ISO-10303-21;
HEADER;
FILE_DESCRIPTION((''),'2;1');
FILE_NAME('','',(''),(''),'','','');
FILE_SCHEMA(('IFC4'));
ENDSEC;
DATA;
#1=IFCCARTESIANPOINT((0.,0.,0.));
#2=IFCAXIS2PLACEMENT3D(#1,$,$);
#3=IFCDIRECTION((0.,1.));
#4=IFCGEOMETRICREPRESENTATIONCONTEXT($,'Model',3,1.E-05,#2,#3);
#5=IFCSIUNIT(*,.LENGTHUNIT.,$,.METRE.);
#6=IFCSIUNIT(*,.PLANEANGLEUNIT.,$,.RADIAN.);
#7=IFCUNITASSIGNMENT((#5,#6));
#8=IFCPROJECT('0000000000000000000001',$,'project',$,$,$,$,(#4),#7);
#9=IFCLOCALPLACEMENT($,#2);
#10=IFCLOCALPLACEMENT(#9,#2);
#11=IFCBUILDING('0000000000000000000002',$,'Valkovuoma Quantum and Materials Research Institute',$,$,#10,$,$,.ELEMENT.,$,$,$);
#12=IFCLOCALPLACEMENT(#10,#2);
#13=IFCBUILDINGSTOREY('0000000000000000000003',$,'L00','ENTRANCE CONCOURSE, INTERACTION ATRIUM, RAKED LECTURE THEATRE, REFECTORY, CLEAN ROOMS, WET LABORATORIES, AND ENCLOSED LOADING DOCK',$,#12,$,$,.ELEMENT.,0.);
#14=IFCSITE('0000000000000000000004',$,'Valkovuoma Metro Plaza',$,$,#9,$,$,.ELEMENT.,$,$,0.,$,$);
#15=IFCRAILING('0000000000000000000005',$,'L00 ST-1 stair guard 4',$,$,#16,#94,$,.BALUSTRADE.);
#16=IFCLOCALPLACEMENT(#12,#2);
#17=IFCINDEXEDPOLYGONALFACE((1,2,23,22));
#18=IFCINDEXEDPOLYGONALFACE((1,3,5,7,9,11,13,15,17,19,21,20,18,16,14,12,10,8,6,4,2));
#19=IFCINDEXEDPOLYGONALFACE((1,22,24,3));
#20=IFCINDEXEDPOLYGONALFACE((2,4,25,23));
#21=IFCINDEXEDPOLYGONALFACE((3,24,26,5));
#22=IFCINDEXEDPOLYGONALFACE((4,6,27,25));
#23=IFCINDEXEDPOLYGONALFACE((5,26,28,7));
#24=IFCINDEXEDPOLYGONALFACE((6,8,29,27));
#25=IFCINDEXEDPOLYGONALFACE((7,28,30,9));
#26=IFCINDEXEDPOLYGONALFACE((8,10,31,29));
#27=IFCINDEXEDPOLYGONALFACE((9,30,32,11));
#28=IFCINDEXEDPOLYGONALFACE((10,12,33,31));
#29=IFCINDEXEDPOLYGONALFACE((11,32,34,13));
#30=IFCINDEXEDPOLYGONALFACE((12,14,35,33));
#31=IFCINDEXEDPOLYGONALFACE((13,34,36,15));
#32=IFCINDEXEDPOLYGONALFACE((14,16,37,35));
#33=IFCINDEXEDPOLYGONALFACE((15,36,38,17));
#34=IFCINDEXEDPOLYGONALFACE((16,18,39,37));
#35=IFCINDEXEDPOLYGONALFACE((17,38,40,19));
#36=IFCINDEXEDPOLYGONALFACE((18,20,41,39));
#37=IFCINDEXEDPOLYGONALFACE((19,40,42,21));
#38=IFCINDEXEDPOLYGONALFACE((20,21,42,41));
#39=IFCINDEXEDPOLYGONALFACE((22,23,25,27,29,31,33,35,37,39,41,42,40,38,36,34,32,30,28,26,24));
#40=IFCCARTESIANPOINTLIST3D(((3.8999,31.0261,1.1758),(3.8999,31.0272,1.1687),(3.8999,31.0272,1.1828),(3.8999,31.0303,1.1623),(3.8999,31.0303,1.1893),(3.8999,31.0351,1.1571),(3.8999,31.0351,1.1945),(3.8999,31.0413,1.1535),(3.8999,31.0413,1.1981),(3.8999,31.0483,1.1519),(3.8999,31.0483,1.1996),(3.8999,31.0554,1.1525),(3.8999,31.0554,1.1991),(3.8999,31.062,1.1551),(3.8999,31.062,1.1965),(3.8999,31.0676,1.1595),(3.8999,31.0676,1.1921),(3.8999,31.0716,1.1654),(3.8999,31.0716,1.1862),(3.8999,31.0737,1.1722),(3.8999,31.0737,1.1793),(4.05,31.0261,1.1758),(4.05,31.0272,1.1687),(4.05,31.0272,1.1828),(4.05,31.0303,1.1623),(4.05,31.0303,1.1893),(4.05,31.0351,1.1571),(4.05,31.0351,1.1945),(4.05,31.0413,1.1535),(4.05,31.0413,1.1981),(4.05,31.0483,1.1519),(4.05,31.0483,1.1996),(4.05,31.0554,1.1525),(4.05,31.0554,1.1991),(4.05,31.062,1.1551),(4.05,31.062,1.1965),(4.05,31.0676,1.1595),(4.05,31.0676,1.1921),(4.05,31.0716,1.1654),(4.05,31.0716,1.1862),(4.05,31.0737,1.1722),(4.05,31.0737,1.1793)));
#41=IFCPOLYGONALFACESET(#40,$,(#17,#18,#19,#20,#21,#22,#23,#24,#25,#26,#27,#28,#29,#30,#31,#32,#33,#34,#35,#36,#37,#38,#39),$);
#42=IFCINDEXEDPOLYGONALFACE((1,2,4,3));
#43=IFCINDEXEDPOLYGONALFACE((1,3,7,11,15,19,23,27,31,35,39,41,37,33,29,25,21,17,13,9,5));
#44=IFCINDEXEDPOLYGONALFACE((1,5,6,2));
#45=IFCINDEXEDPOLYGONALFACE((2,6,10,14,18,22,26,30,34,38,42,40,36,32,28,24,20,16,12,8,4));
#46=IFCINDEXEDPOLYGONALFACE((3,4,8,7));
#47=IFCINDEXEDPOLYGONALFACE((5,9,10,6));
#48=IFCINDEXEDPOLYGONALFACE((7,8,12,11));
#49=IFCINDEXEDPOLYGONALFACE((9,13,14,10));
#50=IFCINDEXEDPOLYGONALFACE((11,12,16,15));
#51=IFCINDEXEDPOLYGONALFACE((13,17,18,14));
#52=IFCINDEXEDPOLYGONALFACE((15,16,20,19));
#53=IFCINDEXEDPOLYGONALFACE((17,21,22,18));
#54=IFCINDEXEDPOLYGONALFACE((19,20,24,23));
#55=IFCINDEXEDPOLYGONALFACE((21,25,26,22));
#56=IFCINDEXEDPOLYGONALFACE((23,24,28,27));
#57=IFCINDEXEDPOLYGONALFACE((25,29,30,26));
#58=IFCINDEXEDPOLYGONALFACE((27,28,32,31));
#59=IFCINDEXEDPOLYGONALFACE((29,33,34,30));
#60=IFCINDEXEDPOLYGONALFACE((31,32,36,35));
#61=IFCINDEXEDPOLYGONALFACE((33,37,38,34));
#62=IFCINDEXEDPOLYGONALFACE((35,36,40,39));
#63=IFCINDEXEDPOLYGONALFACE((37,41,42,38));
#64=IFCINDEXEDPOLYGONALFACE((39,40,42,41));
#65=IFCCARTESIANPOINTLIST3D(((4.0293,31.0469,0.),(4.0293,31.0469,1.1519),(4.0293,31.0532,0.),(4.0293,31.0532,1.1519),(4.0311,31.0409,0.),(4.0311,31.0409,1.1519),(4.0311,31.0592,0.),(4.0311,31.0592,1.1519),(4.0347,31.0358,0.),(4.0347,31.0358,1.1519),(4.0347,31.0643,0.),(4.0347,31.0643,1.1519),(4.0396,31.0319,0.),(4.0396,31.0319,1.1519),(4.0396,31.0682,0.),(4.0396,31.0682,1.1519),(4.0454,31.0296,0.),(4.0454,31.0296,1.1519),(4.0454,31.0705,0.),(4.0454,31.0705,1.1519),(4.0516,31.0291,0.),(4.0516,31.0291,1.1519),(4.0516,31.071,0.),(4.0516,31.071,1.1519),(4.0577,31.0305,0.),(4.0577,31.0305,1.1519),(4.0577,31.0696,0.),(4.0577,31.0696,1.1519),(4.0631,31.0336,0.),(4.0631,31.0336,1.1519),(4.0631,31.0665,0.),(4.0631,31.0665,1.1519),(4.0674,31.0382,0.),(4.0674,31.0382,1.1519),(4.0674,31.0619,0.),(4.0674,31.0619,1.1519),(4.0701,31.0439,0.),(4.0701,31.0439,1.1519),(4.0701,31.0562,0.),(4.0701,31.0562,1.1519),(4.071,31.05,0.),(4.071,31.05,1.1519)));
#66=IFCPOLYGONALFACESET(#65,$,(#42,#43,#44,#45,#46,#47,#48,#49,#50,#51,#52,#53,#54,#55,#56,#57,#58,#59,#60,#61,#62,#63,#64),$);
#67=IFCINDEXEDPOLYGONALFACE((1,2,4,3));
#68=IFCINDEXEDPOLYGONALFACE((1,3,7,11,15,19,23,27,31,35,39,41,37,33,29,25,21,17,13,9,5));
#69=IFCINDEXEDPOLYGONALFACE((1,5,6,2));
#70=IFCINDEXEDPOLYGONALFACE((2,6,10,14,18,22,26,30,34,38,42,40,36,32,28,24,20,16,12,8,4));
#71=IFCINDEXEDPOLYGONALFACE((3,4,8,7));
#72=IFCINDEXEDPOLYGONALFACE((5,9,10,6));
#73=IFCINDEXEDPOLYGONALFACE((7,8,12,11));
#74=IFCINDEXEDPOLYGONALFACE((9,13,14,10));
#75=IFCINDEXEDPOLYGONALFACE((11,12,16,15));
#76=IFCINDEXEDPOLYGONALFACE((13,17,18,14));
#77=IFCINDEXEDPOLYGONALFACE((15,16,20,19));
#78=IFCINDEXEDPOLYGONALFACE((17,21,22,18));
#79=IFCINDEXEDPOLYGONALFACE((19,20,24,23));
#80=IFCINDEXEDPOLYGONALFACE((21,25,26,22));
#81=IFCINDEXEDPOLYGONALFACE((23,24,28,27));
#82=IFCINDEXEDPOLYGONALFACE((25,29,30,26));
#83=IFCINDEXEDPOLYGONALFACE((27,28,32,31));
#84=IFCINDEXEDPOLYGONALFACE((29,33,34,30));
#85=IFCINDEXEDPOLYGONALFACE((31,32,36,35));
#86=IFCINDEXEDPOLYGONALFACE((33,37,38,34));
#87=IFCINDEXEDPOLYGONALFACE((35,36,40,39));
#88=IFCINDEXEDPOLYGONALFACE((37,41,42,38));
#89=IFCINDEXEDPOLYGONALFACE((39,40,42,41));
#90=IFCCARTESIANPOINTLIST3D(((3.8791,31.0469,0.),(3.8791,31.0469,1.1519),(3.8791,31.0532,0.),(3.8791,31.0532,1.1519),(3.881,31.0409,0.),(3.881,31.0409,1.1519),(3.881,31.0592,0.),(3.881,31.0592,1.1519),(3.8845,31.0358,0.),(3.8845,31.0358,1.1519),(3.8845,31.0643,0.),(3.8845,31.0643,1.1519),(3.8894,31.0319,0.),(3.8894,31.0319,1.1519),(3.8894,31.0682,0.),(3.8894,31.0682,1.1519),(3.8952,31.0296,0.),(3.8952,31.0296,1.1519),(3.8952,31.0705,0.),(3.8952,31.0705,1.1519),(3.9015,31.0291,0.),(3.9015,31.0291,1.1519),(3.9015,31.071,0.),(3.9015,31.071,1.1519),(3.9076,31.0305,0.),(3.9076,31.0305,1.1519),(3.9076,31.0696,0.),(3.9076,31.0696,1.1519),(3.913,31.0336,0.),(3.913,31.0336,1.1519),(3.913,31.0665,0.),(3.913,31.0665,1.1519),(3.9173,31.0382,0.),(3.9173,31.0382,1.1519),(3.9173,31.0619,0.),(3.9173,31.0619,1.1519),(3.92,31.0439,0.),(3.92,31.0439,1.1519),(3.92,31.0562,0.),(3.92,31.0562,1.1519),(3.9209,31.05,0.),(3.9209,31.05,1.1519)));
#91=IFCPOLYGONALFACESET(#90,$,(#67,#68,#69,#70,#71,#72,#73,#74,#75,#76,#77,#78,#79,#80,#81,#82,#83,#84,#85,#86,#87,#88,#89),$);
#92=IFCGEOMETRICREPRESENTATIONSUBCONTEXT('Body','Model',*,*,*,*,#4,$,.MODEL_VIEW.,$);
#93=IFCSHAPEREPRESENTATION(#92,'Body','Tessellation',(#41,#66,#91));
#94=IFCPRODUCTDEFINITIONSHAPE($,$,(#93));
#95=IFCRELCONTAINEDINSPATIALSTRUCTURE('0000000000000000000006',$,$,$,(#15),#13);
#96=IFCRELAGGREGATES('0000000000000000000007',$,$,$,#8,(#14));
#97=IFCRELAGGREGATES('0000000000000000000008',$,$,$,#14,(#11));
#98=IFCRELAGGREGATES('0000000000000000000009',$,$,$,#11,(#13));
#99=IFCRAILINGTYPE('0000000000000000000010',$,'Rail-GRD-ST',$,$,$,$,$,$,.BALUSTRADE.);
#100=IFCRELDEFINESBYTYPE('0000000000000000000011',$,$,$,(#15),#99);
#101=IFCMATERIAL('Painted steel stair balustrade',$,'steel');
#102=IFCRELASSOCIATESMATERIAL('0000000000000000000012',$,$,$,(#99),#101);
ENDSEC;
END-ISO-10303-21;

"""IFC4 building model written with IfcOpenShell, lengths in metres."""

from ifc_helpers import new_model, si_unit, direction, frame, origin, origin_2d, place, context, subcontext, project, spatial, circle, extrude, material, type_object, element, save


model = new_model("IFC4")

# Units and contexts
model_context = context("Model", 3, precision=1e-05, world=origin(), true_north=direction((0.0, 1.0)))
body_context = subcontext(model_context, "Body", "Model", "MODEL_VIEW")
ifc_project = project(units=[si_unit("LENGTHUNIT", "METRE"), si_unit("PLANEANGLEUNIT", "RADIAN")], contexts=[model_context])

# Site, building, storey
site_placement = place(None, origin())
site = spatial("IfcSite", under=ifc_project, at=site_placement, Name="Valkovuoma Metro Plaza", CompositionType="ELEMENT", RefElevation=0.0)
building_placement = place(site_placement, origin())
building = spatial("IfcBuilding", under=site, at=building_placement, Name="Valkovuoma Quantum and Materials Research Institute", CompositionType="ELEMENT")
storey_placement = place(building_placement, origin())
storey = spatial("IfcBuildingStorey", under=building, at=storey_placement, Name="L00", Description="ENTRANCE CONCOURSE, INTERACTION ATRIUM, RAKED LECTURE THEATRE, REFECTORY, CLEAN ROOMS, WET LABORATORIES, AND ENCLOSED LOADING DOCK", CompositionType="ELEMENT", Elevation=0.0)

# Railing
ifc_material_1 = material(Name="Painted steel stair balustrade", Category="steel")
railing_type_1 = type_object("IfcRailingType", Name="Rail-GRD-ST", PredefinedType="BALUSTRADE", material=ifc_material_1)
railing_1_placement = place(storey_placement, frame((4.05, 31.05, 0.0)))
element("IfcRailing", 1, at=railing_1_placement, inside=storey, type_object=railing_type_1, Name="L00 ST-1 stair guard 4", PredefinedType="BALUSTRADE", context=body_context, shape_type="SweptSolid", body=[
    extrude(circle(Radius=0.0239, at=origin_2d()), frame((0.0, 0.0, 1.1758), z_axis=(-1.0, 0.0, 0.0), x_axis=(0.0, -1.0, 0.0)), (0.0, 0.0, 1.0), 0.1501),
    extrude(circle(Radius=0.021, at=origin_2d()), origin(), (0.0, 0.0, 1.0), 1.1519),
    extrude(circle(Radius=0.021, at=origin_2d()), frame((-0.1501, 0.0, 0.0)), (0.0, 0.0, 1.0), 1.1519),
])

save(model, "model.ifc")
